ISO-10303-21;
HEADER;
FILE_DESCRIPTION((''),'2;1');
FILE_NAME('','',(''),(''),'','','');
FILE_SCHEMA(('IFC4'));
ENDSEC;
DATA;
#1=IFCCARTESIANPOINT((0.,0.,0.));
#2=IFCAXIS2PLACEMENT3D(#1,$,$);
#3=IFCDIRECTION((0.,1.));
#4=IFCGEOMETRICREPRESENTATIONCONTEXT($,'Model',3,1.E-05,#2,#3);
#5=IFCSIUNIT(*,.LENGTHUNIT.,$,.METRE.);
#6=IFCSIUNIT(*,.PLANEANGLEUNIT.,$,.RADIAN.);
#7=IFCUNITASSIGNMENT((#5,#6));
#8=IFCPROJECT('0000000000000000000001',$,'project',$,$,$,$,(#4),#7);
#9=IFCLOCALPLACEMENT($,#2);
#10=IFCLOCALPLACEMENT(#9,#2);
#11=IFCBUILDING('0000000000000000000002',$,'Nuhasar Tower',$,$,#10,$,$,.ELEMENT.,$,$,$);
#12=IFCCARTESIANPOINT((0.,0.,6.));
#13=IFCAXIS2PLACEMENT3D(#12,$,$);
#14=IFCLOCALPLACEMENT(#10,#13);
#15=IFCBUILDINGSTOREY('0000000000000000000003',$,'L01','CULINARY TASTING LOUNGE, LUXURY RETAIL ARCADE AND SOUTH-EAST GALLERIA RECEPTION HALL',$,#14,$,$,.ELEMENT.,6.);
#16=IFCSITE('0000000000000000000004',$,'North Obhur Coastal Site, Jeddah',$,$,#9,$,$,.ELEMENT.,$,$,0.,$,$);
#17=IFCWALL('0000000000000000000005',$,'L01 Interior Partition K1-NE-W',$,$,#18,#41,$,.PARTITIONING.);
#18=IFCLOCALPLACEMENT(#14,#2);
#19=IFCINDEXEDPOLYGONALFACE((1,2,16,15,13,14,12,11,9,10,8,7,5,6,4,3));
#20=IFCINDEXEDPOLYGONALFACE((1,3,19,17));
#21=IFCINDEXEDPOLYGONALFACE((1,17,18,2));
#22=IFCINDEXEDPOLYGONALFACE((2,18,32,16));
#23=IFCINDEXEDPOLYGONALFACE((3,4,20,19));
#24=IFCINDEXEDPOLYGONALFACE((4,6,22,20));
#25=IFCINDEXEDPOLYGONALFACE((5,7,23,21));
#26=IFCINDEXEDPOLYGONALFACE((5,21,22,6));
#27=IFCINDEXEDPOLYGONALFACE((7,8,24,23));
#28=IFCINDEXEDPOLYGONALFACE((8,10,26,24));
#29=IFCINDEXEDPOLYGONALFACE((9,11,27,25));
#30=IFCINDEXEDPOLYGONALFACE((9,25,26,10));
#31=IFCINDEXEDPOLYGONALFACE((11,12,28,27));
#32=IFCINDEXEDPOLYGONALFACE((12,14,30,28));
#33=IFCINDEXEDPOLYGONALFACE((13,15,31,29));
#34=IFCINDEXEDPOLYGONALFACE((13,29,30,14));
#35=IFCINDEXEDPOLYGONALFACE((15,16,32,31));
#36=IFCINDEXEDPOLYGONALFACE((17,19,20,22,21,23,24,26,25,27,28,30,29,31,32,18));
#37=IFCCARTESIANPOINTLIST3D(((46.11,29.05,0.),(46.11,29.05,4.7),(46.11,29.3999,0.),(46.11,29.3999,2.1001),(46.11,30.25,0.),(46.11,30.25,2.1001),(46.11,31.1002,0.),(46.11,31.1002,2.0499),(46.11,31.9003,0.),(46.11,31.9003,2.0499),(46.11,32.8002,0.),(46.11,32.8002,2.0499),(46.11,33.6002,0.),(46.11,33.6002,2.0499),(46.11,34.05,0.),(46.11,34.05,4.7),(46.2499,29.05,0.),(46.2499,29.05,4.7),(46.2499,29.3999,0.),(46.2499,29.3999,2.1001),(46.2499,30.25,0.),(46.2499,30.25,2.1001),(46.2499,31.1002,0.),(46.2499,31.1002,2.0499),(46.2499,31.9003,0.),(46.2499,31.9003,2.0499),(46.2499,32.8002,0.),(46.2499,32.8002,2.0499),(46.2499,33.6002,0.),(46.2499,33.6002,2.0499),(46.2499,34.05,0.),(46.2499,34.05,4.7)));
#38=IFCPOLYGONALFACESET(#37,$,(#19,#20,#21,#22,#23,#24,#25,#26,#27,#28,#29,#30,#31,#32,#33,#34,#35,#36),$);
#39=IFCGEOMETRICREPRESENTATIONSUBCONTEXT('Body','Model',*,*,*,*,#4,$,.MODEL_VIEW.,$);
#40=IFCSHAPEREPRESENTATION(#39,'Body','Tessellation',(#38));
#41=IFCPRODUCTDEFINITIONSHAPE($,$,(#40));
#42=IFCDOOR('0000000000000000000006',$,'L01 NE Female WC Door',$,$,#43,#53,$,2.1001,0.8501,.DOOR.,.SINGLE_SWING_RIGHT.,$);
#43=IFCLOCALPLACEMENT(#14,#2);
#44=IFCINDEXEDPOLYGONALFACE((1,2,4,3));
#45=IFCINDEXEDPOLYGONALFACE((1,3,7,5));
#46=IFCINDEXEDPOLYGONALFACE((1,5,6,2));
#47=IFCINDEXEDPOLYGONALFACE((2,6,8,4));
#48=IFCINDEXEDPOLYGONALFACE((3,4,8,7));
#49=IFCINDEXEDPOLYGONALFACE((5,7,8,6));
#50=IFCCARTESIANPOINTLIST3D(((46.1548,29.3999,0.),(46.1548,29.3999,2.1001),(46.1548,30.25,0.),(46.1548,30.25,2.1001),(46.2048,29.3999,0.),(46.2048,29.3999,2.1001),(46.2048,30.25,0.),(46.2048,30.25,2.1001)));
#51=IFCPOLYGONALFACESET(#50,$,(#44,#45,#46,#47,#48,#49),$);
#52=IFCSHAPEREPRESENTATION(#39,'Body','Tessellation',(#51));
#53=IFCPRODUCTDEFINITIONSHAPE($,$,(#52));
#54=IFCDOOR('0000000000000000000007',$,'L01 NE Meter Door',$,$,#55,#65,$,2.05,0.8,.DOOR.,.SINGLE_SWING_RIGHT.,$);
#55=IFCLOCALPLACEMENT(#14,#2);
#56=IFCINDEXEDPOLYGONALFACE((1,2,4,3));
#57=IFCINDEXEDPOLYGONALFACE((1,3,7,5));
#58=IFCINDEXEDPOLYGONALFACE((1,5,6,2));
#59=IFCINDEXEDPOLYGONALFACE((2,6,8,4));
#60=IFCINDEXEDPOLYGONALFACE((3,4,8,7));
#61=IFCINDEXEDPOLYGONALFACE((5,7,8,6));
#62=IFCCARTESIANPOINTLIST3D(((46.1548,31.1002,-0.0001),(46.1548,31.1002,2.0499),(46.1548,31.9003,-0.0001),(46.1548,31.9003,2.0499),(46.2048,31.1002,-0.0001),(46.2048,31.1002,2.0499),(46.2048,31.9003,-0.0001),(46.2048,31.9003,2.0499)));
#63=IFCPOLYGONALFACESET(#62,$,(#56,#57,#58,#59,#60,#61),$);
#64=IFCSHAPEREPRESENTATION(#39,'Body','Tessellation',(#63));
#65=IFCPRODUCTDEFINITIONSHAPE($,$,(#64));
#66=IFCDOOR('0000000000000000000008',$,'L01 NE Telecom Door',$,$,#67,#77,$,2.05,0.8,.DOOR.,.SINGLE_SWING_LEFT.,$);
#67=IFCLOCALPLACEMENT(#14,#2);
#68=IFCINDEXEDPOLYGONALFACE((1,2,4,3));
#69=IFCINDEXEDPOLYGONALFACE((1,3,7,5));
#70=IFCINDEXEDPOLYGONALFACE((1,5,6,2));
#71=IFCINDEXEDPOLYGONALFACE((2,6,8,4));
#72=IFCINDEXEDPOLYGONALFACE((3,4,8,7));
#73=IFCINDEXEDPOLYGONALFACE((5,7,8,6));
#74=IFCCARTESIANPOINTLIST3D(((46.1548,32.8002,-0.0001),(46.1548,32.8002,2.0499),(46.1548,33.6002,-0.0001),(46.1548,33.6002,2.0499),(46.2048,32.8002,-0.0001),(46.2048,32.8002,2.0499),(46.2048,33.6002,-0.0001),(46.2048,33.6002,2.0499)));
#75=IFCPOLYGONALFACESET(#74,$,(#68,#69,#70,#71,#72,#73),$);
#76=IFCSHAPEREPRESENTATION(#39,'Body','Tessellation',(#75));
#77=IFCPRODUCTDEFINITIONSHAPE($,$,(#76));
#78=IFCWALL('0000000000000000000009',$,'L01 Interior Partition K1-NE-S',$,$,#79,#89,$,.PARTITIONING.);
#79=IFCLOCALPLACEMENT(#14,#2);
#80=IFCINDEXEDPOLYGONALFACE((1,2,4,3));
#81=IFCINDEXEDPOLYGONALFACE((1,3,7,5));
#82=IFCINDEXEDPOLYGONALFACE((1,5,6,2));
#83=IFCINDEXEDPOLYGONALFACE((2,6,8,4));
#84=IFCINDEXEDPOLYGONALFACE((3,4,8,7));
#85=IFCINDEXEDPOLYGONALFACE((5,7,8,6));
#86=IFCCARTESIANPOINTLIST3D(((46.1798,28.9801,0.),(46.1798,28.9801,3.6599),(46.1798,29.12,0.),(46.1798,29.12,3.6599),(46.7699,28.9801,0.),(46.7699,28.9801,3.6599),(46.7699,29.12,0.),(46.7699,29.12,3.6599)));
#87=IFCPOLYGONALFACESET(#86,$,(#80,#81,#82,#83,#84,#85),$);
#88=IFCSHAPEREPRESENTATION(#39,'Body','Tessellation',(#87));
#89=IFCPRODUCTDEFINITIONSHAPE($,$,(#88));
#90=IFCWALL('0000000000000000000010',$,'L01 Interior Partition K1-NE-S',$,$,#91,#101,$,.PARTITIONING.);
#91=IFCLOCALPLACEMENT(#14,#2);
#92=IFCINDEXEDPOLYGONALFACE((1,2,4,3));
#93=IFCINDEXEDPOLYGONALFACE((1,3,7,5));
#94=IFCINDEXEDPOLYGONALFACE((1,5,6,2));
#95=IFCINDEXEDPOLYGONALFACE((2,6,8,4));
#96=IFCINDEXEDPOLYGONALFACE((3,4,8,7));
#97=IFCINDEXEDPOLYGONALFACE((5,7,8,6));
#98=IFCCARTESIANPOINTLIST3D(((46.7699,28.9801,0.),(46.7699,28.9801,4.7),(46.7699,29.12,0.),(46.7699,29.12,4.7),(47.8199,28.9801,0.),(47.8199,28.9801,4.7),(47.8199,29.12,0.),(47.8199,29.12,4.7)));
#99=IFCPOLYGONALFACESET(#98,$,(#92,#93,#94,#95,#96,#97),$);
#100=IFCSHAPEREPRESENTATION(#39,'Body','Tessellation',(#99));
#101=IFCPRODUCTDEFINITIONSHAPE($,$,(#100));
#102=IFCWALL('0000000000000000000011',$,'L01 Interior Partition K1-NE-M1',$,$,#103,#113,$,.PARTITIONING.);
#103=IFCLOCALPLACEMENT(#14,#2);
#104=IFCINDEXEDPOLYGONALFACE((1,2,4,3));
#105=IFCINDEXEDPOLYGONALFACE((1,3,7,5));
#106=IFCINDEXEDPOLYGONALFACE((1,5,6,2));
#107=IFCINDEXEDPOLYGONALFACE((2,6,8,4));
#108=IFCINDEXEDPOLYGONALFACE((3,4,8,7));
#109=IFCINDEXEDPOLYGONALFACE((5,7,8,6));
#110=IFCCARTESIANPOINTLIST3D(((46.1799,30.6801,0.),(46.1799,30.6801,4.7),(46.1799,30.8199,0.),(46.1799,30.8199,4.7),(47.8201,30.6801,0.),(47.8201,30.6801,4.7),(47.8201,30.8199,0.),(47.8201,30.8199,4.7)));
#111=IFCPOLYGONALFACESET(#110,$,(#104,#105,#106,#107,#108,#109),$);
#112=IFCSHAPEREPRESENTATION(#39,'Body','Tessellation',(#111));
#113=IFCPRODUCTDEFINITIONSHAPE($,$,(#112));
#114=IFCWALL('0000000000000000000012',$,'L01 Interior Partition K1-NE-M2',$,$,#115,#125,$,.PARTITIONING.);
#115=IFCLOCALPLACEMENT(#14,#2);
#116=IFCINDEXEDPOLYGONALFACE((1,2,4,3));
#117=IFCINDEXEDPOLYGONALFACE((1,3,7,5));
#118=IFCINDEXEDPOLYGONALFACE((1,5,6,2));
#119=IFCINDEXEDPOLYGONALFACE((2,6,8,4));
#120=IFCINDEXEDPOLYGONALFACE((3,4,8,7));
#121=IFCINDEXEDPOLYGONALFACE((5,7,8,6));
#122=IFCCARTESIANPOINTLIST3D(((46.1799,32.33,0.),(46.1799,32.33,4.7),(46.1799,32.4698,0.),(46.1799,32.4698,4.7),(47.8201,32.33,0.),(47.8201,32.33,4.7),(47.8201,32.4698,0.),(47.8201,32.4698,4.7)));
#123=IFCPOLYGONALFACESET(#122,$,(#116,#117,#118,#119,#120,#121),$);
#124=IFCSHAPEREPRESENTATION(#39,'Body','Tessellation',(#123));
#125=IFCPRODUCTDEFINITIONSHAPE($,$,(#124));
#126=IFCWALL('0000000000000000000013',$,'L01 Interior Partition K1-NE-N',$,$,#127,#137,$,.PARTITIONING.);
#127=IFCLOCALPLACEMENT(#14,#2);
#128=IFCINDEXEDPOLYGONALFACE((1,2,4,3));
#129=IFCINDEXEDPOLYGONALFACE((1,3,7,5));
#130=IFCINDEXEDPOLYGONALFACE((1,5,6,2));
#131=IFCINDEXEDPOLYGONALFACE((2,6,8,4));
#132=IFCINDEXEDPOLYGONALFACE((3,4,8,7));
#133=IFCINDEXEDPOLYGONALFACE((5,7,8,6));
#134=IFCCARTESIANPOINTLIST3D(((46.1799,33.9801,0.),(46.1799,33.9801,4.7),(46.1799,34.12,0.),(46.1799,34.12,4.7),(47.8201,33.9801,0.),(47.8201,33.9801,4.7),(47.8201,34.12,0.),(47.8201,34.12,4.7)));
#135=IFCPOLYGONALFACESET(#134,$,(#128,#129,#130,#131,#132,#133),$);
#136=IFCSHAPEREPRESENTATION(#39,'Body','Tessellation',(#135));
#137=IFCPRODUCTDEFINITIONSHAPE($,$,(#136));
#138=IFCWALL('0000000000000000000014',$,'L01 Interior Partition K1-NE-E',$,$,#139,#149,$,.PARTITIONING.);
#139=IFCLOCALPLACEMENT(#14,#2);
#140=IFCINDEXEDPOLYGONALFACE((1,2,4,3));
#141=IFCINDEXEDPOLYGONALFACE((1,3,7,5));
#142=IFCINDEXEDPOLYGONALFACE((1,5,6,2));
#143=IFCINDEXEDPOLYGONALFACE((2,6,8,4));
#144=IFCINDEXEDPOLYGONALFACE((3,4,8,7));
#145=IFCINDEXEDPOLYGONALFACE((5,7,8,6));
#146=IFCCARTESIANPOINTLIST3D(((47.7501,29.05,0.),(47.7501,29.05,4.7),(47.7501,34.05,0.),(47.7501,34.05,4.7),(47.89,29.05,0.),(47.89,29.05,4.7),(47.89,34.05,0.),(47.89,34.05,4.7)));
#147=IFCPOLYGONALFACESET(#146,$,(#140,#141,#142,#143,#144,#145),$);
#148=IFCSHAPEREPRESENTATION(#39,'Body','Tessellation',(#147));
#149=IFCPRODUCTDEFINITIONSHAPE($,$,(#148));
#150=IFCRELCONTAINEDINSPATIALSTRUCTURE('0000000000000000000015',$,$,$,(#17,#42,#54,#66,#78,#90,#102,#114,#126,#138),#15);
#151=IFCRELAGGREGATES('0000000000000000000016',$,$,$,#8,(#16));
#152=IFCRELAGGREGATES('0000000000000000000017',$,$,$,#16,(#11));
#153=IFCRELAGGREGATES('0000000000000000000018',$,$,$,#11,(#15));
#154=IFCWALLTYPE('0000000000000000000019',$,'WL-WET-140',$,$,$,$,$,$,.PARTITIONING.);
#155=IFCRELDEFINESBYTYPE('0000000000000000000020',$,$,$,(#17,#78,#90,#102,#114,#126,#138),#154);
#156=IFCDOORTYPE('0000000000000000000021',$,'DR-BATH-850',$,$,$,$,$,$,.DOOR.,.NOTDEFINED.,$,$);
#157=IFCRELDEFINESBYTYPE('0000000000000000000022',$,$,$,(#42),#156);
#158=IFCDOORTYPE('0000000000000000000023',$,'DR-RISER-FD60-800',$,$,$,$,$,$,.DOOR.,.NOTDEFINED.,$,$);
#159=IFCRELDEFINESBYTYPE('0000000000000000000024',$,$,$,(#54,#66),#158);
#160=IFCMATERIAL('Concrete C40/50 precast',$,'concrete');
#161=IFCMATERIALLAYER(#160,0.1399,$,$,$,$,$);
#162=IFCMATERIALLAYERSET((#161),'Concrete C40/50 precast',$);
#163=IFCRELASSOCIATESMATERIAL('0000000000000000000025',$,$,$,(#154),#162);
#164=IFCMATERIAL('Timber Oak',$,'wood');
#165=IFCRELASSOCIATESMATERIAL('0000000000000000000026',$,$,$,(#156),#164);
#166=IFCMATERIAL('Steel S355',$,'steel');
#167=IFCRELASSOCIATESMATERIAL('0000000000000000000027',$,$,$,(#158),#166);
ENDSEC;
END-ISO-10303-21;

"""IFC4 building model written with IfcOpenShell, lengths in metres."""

from ifc_helpers import new_model, si_unit, direction, frame, frame_2d, origin, place, context, subcontext, project, spatial, rectangle, extrude, material, layer, layer_set, type_object, element, fill, save


model = new_model("IFC4")

# Units and contexts
model_context = context("Model", 3, precision=1e-05, world=origin(), true_north=direction((0.0, 1.0)))
body_context = subcontext(model_context, "Body", "Model", "MODEL_VIEW")
ifc_project = project(units=[si_unit("LENGTHUNIT", "METRE"), si_unit("PLANEANGLEUNIT", "RADIAN")], contexts=[model_context])

# Site, building, storey
site_placement = place(None, origin())
site = spatial("IfcSite", under=ifc_project, at=site_placement, Name="North Obhur Coastal Site, Jeddah", CompositionType="ELEMENT", RefElevation=0.0)
building_placement = place(site_placement, origin())
building = spatial("IfcBuilding", under=site, at=building_placement, Name="Nuhasar Tower", CompositionType="ELEMENT")
storey_placement = place(building_placement, frame((0.0, 0.0, 6.0)))
storey = spatial("IfcBuildingStorey", under=building, at=storey_placement, Name="L01", Description="CULINARY TASTING LOUNGE, LUXURY RETAIL ARCADE AND SOUTH-EAST GALLERIA RECEPTION HALL", CompositionType="ELEMENT", Elevation=6.0)

# Shared definitions
ifc_material_1 = material(Name="Steel S355", Category="steel")

# Shared definitions
ifc_material_2 = material(Name="Concrete C40/50 precast", Category="concrete")

# Wall, openings, doors
ifc_layer_1 = layer(ifc_material_2, 0.1399)
ifc_layer_set_1 = layer_set([ifc_layer_1], Name="Concrete C40/50 precast")
wall_type_1 = type_object("IfcWallType", Name="WL-WET-140", PredefinedType="PARTITIONING", material=ifc_layer_set_1)
wall_1_placement = place(storey_placement, frame((46.1799, 34.05, 0.0), z_axis=(0.0, 0.0, 1.0), x_axis=(0.0, -1.0, 0.0)))
wall_1 = element("IfcWall", 1, at=wall_1_placement, inside=storey, type_object=wall_type_1, Name="L01 Interior Partition K1-NE-W", PredefinedType="PARTITIONING", context=body_context, shape_type="SweptSolid", body=[
    extrude(rectangle(XDim=5.0, YDim=0.1399, at=frame_2d((2.5, 0.0))), origin(), (0.0, 0.0, 1.0), 4.7),
])
opening_1_placement = place(wall_1_placement, frame((3.8, 0.0, 0.0)))
opening_1 = element("IfcOpeningElement", 2, at=opening_1_placement, cuts=wall_1, PredefinedType="OPENING", context=body_context, shape_type="SweptSolid", body=[
    extrude(rectangle(XDim=0.8501, YDim=2.1001, at=frame_2d((0.425, 1.05))), frame((0.0, 0.0801, 0.0), z_axis=(0.0, -1.0, 0.0), x_axis=(1.0, 0.0, 0.0)), (0.0, 0.0, 1.0), 0.1599),
])
opening_2_placement = place(wall_1_placement, frame((2.1499, 0.0, 0.0)))
opening_2 = element("IfcOpeningElement", 3, at=opening_2_placement, cuts=wall_1, PredefinedType="OPENING", context=body_context, shape_type="SweptSolid", body=[
    extrude(rectangle(XDim=0.8, YDim=2.05, at=frame_2d((0.3999, 1.0249))), frame((0.0, 0.0801, 0.0), z_axis=(0.0, -1.0, 0.0), x_axis=(1.0, 0.0, 0.0)), (0.0, 0.0, 1.0), 0.1599),
])
opening_3_placement = place(wall_1_placement, frame((0.45, 0.0, 0.0)))
opening_3 = element("IfcOpeningElement", 4, at=opening_3_placement, cuts=wall_1, PredefinedType="OPENING", context=body_context, shape_type="SweptSolid", body=[
    extrude(rectangle(XDim=0.8, YDim=2.05, at=frame_2d((0.3999, 1.0249))), frame((0.0, 0.0801, 0.0), z_axis=(0.0, -1.0, 0.0), x_axis=(1.0, 0.0, 0.0)), (0.0, 0.0, 1.0), 0.1599),
])
ifc_material_3 = material(Name="Timber Oak", Category="wood")
door_type_1 = type_object("IfcDoorType", Name="DR-BATH-850", OperationType="NOTDEFINED", PredefinedType="DOOR", material=ifc_material_3)
door_1_placement = place(opening_1_placement, origin())
door_1 = element("IfcDoor", 5, at=door_1_placement, inside=storey, type_object=door_type_1, Name="L01 NE Female WC Door", OperationType="SINGLE_SWING_RIGHT", OverallHeight=2.1001, OverallWidth=0.8501, PredefinedType="DOOR", context=body_context, shape_type="SweptSolid", body=[
    extrude(rectangle(XDim=0.8501, YDim=2.1001, at=frame_2d((0.425, 1.05))), frame((0.0, 0.0249, 0.0), z_axis=(0.0, -1.0, 0.0), x_axis=(1.0, 0.0, 0.0)), (0.0, 0.0, 1.0), 0.05),
])
fill(opening_1, door_1)
door_type_2 = type_object("IfcDoorType", Name="DR-RISER-FD60-800", OperationType="NOTDEFINED", PredefinedType="DOOR", material=ifc_material_1)
door_2_placement = place(opening_2_placement, origin())
door_2 = element("IfcDoor", 6, at=door_2_placement, inside=storey, type_object=door_type_2, Name="L01 NE Meter Door", OperationType="SINGLE_SWING_RIGHT", OverallHeight=2.05, OverallWidth=0.8, PredefinedType="DOOR", context=body_context, shape_type="SweptSolid", body=[
    extrude(rectangle(XDim=0.8, YDim=2.05, at=frame_2d((0.3999, 1.0249))), frame((0.0, 0.0249, 0.0), z_axis=(0.0, -1.0, 0.0), x_axis=(1.0, 0.0, 0.0)), (0.0, 0.0, 1.0), 0.05),
])
fill(opening_2, door_2)
door_3_placement = place(opening_3_placement, origin())
door_3 = element("IfcDoor", 7, at=door_3_placement, inside=storey, type_object=door_type_2, Name="L01 NE Telecom Door", OperationType="SINGLE_SWING_LEFT", OverallHeight=2.05, OverallWidth=0.8, PredefinedType="DOOR", context=body_context, shape_type="SweptSolid", body=[
    extrude(rectangle(XDim=0.8, YDim=2.05, at=frame_2d((0.3999, 1.0249))), frame((0.0, 0.0249, 0.0), z_axis=(0.0, -1.0, 0.0), x_axis=(1.0, 0.0, 0.0)), (0.0, 0.0, 1.0), 0.05),
])
fill(opening_3, door_3)

# Walls
wall_2_placement = place(storey_placement, frame((46.1799, 29.05, 0.0), z_axis=(0.0, 0.0, 1.0), x_axis=(1.0, 0.0, 0.0)))
element("IfcWall", 8, at=wall_2_placement, inside=storey, type_object=wall_type_1, Name="L01 Interior Partition K1-NE-S", PredefinedType="PARTITIONING", context=body_context, shape_type="SweptSolid", body=[
    extrude(rectangle(XDim=0.5901, YDim=0.1399, at=frame_2d((0.2949, 0.0))), origin(), (0.0, 0.0, 1.0), 3.6599),
])
wall_3_placement = place(storey_placement, frame((46.77, 29.05, 0.0), z_axis=(0.0, 0.0, 1.0), x_axis=(1.0, 0.0, 0.0)))
element("IfcWall", 9, at=wall_3_placement, inside=storey, type_object=wall_type_1, Name="L01 Interior Partition K1-NE-S", PredefinedType="PARTITIONING", context=body_context, shape_type="SweptSolid", body=[
    extrude(rectangle(XDim=1.05, YDim=0.1399, at=frame_2d((0.5249, 0.0))), origin(), (0.0, 0.0, 1.0), 4.7),
])
for number, where, z_axis, x_axis, name in (
    (10, (46.1799, 30.75, 0.0), (0.0, 0.0, 1.0), (1.0, 0.0, 0.0), "L01 Interior Partition K1-NE-M1"),
    (11, (46.1799, 32.3999, 0.0), (0.0, 0.0, 1.0), (1.0, 0.0, 0.0), "L01 Interior Partition K1-NE-M2"),
    (12, (46.1799, 34.05, 0.0), (0.0, 0.0, 1.0), (1.0, 0.0, 0.0), "L01 Interior Partition K1-NE-N"),
):
    element("IfcWall", number, at=place(storey_placement, frame(where, z_axis=z_axis, x_axis=x_axis)), inside=storey, type_object=wall_type_1, Name=name, PredefinedType="PARTITIONING", context=body_context, shape_type="SweptSolid", body=[
        extrude(rectangle(XDim=1.6401, YDim=0.1399, at=frame_2d((0.8201, 0.0))), origin(), (0.0, 0.0, 1.0), 4.7),
    ])
wall_4_placement = place(storey_placement, frame((47.8201, 29.05, 0.0), z_axis=(0.0, 0.0, 1.0), x_axis=(0.0, 1.0, 0.0)))
element("IfcWall", 13, at=wall_4_placement, inside=storey, type_object=wall_type_1, Name="L01 Interior Partition K1-NE-E", PredefinedType="PARTITIONING", context=body_context, shape_type="SweptSolid", body=[
    extrude(rectangle(XDim=5.0, YDim=0.1399, at=frame_2d((2.5, 0.0))), origin(), (0.0, 0.0, 1.0), 4.7),
])

save(model, "model.ifc")
